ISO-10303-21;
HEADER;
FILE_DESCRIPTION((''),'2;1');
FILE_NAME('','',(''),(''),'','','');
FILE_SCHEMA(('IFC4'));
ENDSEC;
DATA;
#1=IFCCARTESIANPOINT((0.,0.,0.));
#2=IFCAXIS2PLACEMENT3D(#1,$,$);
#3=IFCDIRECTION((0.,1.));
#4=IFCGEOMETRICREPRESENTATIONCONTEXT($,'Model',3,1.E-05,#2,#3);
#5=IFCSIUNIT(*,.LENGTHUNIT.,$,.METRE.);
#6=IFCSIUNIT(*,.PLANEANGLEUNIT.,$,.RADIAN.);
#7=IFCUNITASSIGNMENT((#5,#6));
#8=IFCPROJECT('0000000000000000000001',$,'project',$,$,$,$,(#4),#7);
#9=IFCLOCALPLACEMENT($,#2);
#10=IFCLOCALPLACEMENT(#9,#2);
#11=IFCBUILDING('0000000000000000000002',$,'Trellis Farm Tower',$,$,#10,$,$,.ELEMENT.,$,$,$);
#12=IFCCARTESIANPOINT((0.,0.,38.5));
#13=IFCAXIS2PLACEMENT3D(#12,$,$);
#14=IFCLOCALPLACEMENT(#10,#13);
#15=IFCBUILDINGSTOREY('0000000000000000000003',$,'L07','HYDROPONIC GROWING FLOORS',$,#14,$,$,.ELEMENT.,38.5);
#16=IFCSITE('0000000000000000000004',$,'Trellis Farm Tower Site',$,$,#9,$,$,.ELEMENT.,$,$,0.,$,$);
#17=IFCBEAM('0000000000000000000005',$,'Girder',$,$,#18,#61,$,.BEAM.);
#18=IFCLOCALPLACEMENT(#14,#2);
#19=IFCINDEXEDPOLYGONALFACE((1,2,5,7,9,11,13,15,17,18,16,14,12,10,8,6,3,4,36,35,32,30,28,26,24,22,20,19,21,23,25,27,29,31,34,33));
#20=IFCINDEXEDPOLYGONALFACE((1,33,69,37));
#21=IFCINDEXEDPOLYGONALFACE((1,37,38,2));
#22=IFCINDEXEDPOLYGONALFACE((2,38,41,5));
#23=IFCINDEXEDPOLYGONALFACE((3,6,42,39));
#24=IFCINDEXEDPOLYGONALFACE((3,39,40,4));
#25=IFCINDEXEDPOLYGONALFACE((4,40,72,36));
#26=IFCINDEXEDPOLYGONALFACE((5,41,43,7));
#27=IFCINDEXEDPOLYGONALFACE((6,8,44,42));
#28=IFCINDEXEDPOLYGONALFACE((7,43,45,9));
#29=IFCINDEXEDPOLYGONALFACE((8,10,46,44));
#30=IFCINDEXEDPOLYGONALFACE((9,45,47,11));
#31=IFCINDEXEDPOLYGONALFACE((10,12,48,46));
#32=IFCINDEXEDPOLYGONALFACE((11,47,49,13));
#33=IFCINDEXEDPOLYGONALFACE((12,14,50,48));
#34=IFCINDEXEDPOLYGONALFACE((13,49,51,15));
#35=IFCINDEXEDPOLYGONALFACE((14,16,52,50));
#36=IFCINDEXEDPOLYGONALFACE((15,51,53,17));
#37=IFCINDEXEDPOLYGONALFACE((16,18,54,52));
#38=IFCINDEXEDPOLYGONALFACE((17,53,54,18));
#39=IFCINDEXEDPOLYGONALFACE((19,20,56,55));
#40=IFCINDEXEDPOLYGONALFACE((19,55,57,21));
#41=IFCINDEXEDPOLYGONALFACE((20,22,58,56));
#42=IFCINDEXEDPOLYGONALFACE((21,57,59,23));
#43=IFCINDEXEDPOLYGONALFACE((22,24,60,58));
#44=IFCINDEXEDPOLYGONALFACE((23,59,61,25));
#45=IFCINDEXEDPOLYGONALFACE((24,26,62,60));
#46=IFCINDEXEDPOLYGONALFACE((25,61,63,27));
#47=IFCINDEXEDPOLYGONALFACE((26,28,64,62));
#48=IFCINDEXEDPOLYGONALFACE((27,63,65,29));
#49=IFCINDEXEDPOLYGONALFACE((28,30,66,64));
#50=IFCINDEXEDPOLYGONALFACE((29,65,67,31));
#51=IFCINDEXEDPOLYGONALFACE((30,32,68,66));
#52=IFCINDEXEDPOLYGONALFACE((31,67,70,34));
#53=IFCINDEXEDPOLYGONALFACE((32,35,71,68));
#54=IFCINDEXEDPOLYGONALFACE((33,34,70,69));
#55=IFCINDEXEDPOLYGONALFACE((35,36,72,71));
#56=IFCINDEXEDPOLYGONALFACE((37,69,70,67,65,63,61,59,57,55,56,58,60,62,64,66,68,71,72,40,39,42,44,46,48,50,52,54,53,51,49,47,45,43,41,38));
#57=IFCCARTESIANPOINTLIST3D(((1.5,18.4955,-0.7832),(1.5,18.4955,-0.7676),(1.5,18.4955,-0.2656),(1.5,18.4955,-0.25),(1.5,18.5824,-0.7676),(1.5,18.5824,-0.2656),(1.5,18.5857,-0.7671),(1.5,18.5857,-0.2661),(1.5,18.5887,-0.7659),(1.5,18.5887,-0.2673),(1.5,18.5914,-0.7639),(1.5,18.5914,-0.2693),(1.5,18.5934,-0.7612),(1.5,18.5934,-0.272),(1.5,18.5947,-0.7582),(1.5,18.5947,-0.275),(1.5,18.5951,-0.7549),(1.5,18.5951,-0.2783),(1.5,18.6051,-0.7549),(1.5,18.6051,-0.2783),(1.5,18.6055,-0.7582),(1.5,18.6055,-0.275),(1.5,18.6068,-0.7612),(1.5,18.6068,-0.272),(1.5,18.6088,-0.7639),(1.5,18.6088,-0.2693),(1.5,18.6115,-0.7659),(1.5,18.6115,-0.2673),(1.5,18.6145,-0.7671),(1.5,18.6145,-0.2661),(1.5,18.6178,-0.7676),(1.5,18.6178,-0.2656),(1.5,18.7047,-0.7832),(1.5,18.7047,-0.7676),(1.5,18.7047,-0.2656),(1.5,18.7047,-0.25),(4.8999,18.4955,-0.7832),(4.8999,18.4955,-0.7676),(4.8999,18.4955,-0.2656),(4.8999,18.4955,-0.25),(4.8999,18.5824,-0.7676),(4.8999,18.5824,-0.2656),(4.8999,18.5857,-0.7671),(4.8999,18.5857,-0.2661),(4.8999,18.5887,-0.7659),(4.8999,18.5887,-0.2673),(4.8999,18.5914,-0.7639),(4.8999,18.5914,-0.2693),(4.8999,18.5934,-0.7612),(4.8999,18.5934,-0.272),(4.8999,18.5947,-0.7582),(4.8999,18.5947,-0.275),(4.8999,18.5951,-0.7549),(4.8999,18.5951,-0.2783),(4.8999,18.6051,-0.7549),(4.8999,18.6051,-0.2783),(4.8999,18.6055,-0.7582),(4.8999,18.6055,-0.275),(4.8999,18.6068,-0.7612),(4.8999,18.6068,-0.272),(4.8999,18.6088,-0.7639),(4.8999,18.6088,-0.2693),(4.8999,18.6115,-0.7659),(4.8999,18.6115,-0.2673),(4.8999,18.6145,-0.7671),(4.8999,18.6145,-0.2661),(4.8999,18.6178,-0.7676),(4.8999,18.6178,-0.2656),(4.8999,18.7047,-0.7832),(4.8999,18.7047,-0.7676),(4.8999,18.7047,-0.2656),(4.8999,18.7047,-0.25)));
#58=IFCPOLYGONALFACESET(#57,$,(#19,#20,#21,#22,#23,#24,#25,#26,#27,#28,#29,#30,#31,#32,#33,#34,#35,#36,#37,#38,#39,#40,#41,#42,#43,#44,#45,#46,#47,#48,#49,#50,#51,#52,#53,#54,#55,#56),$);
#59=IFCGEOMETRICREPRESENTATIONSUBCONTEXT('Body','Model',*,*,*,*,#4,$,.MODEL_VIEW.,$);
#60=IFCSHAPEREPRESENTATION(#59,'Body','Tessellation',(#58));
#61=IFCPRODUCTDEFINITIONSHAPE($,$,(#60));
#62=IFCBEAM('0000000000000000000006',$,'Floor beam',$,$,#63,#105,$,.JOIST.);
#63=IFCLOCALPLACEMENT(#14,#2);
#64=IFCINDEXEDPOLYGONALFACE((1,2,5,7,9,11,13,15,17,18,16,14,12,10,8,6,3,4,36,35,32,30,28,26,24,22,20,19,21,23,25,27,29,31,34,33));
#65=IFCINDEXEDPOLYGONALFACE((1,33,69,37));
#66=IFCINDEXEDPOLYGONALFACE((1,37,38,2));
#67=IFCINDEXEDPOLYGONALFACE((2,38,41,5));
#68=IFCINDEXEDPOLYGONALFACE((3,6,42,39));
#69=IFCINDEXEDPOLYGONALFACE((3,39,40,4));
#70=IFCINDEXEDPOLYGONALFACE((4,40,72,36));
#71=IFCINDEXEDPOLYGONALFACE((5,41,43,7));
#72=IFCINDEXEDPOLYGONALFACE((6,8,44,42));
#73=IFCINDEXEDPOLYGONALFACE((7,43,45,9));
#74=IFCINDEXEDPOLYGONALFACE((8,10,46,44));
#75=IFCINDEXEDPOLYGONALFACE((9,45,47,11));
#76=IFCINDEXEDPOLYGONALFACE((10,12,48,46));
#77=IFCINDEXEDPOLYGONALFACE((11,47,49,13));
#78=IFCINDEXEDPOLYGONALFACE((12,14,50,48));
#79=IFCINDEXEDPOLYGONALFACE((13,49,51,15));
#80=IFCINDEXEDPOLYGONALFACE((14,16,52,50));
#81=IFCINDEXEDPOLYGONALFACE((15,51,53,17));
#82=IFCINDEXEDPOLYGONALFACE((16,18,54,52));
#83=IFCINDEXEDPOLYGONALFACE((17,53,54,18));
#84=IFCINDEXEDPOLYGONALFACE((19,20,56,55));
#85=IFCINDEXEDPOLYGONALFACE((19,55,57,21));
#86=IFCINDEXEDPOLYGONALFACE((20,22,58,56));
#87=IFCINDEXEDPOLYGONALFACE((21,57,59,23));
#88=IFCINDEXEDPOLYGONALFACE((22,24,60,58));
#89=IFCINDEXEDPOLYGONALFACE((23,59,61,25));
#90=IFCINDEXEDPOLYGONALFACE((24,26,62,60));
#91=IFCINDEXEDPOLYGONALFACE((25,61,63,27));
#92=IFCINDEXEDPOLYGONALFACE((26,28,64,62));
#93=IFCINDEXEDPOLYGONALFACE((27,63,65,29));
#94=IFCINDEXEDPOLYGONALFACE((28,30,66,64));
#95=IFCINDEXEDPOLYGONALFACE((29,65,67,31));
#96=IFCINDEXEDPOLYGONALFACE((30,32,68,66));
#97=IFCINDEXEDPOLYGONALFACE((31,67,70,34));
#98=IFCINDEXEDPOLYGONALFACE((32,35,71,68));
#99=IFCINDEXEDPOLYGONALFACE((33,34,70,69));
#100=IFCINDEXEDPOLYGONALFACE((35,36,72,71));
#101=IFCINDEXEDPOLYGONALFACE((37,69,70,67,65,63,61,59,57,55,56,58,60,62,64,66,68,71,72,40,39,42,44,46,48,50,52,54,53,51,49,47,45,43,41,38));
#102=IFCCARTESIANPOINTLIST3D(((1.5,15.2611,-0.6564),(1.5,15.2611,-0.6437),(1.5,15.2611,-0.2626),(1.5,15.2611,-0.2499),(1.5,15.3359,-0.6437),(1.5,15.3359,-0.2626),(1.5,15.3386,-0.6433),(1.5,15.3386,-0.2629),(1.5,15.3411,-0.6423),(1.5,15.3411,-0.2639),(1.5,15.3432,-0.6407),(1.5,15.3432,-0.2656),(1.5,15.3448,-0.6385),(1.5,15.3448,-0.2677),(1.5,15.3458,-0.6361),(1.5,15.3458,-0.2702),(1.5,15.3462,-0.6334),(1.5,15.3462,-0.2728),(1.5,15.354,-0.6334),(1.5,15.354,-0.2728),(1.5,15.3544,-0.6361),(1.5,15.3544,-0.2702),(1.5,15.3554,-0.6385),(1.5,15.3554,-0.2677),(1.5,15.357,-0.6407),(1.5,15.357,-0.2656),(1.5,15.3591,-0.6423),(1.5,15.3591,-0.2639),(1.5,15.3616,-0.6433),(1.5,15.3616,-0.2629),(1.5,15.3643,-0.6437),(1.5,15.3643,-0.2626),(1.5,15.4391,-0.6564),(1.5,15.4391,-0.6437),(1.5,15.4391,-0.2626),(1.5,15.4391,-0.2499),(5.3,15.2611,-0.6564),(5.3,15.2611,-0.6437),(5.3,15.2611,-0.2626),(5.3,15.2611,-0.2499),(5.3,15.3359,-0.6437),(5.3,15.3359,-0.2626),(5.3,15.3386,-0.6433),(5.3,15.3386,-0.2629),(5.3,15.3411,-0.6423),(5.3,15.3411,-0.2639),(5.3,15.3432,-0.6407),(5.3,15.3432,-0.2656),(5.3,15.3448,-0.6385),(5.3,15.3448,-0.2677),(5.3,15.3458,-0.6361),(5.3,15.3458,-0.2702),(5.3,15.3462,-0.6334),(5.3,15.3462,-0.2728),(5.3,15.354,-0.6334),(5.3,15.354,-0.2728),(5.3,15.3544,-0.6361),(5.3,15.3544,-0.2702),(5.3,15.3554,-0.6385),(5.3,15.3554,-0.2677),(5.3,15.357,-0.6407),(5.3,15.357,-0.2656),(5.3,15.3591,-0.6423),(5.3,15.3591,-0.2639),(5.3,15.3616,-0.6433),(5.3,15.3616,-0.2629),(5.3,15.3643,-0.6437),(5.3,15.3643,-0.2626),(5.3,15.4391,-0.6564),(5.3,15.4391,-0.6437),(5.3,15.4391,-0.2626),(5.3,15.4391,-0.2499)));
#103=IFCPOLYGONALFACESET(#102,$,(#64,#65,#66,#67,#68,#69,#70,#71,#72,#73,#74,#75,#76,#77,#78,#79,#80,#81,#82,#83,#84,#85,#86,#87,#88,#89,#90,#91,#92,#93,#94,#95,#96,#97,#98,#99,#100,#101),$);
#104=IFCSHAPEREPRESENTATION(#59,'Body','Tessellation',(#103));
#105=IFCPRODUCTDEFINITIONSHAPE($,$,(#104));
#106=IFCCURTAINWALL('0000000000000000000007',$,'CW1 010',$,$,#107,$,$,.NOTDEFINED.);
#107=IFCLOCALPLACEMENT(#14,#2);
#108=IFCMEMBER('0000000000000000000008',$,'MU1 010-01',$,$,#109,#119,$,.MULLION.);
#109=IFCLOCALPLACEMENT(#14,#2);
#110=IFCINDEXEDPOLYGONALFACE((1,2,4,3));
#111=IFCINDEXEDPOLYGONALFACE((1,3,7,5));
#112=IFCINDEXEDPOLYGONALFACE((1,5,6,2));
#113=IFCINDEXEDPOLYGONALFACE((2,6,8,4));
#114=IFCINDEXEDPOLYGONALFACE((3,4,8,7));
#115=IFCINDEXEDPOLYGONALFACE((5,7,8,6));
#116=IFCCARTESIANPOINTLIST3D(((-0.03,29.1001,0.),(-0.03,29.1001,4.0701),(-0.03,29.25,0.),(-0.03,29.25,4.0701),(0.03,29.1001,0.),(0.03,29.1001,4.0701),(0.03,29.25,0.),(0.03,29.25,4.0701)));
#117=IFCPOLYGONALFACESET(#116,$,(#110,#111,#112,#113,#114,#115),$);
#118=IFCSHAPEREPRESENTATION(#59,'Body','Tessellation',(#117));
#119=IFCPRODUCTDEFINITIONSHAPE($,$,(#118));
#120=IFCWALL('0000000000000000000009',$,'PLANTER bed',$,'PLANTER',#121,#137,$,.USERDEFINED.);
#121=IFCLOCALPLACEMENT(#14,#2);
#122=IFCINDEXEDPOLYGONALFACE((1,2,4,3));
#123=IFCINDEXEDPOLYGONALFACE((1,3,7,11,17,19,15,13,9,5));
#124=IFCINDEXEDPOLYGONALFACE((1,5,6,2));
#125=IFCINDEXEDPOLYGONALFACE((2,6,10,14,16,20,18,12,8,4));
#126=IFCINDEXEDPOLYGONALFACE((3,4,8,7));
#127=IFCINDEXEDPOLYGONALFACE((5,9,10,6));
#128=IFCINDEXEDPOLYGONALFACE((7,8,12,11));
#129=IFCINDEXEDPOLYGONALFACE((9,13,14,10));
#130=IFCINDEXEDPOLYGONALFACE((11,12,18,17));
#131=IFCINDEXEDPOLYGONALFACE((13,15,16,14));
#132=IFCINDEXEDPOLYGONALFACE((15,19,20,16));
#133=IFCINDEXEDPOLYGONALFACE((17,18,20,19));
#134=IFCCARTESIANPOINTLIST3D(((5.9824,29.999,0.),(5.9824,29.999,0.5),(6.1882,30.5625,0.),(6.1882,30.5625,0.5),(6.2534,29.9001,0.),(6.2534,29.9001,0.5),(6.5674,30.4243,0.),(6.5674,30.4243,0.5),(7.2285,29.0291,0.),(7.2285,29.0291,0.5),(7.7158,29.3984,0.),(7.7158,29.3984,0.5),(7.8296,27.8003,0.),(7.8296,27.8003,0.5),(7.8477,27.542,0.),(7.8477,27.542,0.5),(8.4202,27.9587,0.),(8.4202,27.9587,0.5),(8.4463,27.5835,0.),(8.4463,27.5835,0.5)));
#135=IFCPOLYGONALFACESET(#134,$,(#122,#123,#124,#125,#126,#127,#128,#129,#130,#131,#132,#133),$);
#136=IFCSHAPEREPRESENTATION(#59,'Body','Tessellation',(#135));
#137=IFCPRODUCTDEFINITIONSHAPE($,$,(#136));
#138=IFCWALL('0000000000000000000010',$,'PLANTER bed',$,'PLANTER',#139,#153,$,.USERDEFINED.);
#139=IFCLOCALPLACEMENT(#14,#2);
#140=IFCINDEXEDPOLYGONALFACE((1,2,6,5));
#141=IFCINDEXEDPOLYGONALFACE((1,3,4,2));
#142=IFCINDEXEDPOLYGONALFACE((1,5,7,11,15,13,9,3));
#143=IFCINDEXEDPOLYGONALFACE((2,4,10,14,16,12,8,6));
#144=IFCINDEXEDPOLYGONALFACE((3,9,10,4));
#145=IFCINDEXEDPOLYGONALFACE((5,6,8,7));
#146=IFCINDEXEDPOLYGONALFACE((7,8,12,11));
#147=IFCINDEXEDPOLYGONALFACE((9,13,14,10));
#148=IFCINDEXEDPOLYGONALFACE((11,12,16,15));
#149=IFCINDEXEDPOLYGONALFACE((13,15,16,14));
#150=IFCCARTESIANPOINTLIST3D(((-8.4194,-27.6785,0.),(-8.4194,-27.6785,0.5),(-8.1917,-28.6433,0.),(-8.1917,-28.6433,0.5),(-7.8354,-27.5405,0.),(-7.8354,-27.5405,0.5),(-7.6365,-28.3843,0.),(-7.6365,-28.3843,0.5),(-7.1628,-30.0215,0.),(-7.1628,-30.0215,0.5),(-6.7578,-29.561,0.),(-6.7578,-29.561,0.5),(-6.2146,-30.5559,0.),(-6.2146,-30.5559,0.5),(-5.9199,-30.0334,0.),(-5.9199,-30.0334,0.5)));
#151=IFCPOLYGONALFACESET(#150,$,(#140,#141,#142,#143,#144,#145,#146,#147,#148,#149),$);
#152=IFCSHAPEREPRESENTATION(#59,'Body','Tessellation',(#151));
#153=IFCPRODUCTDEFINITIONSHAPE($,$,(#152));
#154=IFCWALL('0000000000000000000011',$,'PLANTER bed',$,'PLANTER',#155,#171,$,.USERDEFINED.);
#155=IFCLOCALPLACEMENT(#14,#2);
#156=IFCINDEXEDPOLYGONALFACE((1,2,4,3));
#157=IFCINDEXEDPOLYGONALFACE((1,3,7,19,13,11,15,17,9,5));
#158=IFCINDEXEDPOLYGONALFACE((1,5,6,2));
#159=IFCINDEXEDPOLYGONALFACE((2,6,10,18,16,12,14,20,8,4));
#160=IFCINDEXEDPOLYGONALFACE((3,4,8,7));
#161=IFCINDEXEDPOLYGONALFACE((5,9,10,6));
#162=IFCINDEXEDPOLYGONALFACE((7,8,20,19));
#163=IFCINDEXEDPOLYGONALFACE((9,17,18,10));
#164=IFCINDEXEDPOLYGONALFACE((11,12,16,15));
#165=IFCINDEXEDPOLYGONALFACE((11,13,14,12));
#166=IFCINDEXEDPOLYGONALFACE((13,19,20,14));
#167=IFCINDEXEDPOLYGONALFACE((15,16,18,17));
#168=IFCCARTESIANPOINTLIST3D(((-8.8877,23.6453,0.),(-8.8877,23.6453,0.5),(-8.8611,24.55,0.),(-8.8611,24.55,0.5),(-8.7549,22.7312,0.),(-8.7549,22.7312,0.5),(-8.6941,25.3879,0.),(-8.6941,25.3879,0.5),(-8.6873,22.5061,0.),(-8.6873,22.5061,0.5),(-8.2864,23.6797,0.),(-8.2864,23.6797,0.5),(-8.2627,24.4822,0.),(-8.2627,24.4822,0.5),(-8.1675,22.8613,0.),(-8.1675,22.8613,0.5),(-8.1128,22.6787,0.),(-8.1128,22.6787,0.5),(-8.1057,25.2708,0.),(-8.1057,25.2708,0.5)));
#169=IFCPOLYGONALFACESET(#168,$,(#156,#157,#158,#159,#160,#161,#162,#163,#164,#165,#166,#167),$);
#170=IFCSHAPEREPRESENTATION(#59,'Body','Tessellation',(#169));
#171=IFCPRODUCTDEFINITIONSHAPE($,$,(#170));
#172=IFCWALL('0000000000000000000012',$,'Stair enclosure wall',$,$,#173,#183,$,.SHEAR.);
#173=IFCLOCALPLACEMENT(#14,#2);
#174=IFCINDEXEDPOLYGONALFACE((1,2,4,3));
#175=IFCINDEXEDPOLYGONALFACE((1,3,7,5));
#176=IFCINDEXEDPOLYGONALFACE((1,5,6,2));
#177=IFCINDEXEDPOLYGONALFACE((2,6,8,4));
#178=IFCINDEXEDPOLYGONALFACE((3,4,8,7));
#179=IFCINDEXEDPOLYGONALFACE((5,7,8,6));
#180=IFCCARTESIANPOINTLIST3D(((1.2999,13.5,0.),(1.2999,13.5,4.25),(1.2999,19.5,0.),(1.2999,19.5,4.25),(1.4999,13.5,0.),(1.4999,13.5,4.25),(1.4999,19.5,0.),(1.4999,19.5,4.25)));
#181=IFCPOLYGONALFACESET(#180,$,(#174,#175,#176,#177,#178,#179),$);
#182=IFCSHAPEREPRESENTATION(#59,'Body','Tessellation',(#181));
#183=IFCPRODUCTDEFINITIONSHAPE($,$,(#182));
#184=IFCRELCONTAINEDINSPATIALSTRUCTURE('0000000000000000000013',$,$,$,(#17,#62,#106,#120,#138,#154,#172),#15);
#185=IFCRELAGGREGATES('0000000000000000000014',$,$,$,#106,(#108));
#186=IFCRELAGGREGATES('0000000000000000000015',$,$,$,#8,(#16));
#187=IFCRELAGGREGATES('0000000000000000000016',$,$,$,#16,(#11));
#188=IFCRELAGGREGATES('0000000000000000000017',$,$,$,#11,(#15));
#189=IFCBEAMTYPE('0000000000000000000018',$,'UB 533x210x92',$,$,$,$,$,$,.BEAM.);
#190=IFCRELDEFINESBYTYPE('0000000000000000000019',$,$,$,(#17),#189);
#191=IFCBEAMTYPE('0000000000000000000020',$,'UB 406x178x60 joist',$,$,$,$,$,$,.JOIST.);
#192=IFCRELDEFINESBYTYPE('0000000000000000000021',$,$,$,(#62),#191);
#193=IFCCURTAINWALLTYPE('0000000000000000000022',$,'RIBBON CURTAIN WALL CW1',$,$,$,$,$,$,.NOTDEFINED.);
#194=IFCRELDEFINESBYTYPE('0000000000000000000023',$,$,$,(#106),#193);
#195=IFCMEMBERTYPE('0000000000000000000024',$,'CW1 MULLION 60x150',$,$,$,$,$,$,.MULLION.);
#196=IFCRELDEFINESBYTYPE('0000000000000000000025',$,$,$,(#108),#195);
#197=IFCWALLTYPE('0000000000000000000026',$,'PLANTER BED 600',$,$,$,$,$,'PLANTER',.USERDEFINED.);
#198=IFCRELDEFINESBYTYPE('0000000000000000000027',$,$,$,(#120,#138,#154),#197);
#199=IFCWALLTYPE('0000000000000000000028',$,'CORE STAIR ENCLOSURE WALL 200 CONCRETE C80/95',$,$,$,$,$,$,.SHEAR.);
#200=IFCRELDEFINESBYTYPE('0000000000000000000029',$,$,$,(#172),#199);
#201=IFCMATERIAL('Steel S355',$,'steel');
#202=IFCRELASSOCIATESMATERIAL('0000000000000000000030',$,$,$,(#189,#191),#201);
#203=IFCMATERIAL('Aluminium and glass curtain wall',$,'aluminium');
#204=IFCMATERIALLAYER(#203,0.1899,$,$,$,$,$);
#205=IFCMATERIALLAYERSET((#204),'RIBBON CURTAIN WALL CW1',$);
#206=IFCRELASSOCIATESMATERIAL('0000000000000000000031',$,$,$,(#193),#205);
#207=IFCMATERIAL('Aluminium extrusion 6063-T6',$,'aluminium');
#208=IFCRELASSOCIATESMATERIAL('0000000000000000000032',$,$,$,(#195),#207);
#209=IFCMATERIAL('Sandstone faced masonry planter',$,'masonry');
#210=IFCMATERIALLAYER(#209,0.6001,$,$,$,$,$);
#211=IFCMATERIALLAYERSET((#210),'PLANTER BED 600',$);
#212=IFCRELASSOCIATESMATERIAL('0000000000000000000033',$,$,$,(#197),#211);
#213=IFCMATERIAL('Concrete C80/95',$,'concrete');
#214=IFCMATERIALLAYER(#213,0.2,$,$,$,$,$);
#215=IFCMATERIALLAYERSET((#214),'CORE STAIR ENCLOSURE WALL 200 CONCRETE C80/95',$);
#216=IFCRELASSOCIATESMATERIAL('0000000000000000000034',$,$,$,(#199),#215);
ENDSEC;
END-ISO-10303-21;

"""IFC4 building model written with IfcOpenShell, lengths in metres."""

from ifc_helpers import new_model, si_unit, direction, frame, frame_2d, origin, origin_2d, place, context, subcontext, project, spatial, polyline, rectangle, i_section, outline, extrude, source, transform, mapped, material, layer, layer_set, material_profile, profile_set, type_object, element, aggregate, save


model = new_model("IFC4")

# Units and contexts
model_context = context("Model", 3, precision=1e-05, world=origin(), true_north=direction((0.0, 1.0)))
body_context = subcontext(model_context, "Body", "Model", "MODEL_VIEW")
ifc_project = project(units=[si_unit("LENGTHUNIT", "METRE"), si_unit("PLANEANGLEUNIT", "RADIAN")], contexts=[model_context])

# Site, building, storey
site_placement = place(None, origin())
site = spatial("IfcSite", under=ifc_project, at=site_placement, Name="Trellis Farm Tower Site", CompositionType="ELEMENT", RefElevation=0.0)
building_placement = place(site_placement, origin())
building = spatial("IfcBuilding", under=site, at=building_placement, Name="Trellis Farm Tower", CompositionType="ELEMENT")
storey_placement = place(building_placement, frame((0.0, 0.0, 38.5)))
storey = spatial("IfcBuildingStorey", under=building, at=storey_placement, Name="L07", Description="HYDROPONIC GROWING FLOORS", CompositionType="ELEMENT", Elevation=38.5)

# Beams
ifc_material_1 = material(Name="Steel S355", Category="steel")
ifc_material_profile_1 = material_profile(ifc_material_1, i_section(OverallWidth=0.2092, OverallDepth=0.5332, WebThickness=0.01, FlangeThickness=0.0156, FilletRadius=0.0127, at=origin_2d()), Name="UB 533x210x92")
ifc_profile_set_1 = profile_set([ifc_material_profile_1], Name="Steel S355")
beam_type_1 = type_object("IfcBeamType", Name="UB 533x210x92", PredefinedType="BEAM", material=ifc_profile_set_1)
shared_shape_1 = source(origin(), body_context, "Body", "SweptSolid", [
    extrude(i_section(OverallWidth=0.2092, OverallDepth=0.5332, WebThickness=0.01, FlangeThickness=0.0156, FilletRadius=0.0127, at=origin_2d()), origin(), (0.0, 0.0, 1.0), 3.3999),
])
beam_1_placement = place(storey_placement, frame((1.5, 18.6001, -0.5166), z_axis=(1.0, 0.0, 0.0), x_axis=(0.0, 1.0, 0.0)))
element("IfcBeam", 1, at=beam_1_placement, inside=storey, type_object=beam_type_1, Name="Girder", PredefinedType="BEAM", context=body_context, shape_type="MappedRepresentation", body=[
    mapped(shared_shape_1, transform((0.0, 0.0, 0.0))),
])
ifc_material_profile_2 = material_profile(ifc_material_1, i_section(OverallWidth=0.178, OverallDepth=0.4065, WebThickness=0.0078, FlangeThickness=0.0127, FilletRadius=0.0103, at=origin_2d()), Name="UB 406x178x60")
ifc_profile_set_2 = profile_set([ifc_material_profile_2], Name="Steel S355")
beam_type_2 = type_object("IfcBeamType", Name="UB 406x178x60 joist", PredefinedType="JOIST", material=ifc_profile_set_2)
shared_shape_2 = source(origin(), body_context, "Body", "SweptSolid", [
    extrude(i_section(OverallWidth=0.178, OverallDepth=0.4065, WebThickness=0.0078, FlangeThickness=0.0127, FilletRadius=0.0103, at=origin_2d()), origin(), (0.0, 0.0, 1.0), 3.8),
])
beam_2_placement = place(storey_placement, frame((1.5, 15.3501, -0.4531), z_axis=(1.0, 0.0, 0.0), x_axis=(0.0, 1.0, 0.0)))
element("IfcBeam", 2, at=beam_2_placement, inside=storey, type_object=beam_type_2, Name="Floor beam", PredefinedType="JOIST", context=body_context, shape_type="MappedRepresentation", body=[
    mapped(shared_shape_2, transform((0.0, 0.0, 0.0))),
])

# Curtain wall, member
ifc_material_2 = material(Name="Aluminium and glass curtain wall", Category="aluminium")
ifc_layer_1 = layer(ifc_material_2, 0.1899)
ifc_layer_set_1 = layer_set([ifc_layer_1], Name="RIBBON CURTAIN WALL CW1")
curtain_wall_type = type_object("IfcCurtainWallType", Name="RIBBON CURTAIN WALL CW1", PredefinedType="NOTDEFINED", material=ifc_layer_set_1)
placement = place(storey_placement, origin())
curtain_wall = element("IfcCurtainWall", 3, at=placement, inside=storey, type_object=curtain_wall_type, Name="CW1 010", PredefinedType="NOTDEFINED")
ifc_material_3 = material(Name="Aluminium extrusion 6063-T6", Category="aluminium")
ifc_material_profile_3 = material_profile(ifc_material_3, rectangle(XDim=0.0601, YDim=0.1499, at=origin_2d()), Name="MULLION 60x150")
ifc_profile_set_3 = profile_set([ifc_material_profile_3], Name="Aluminium extrusion 6063-T6")
member_type = type_object("IfcMemberType", Name="CW1 MULLION 60x150", PredefinedType="MULLION", material=ifc_profile_set_3)
shared_shape_3 = source(origin(), body_context, "Body", "SweptSolid", [
    extrude(rectangle(XDim=0.0601, YDim=0.1499, at=origin_2d()), origin(), (0.0, 0.0, 1.0), 4.0701),
])
member_placement = place(storey_placement, frame((0.0, 29.175, 0.0), z_axis=(0.0, 0.0, 1.0), x_axis=(-1.0, 0.0, 0.0)))
member = element("IfcMember", 4, at=member_placement, type_object=member_type, Name="MU1 010-01", PredefinedType="MULLION", context=body_context, shape_type="MappedRepresentation", body=[
    mapped(shared_shape_3, transform((0.0, 0.0, 0.0))),
])
aggregate(curtain_wall, [member])

# Walls
ifc_material_4 = material(Name="Sandstone faced masonry planter", Category="masonry")
ifc_layer_2 = layer(ifc_material_4, 0.6001)
ifc_layer_set_2 = layer_set([ifc_layer_2], Name="PLANTER BED 600")
wall_type_1 = type_object("IfcWallType", Name="PLANTER BED 600", ElementType="PLANTER", PredefinedType="USERDEFINED", material=ifc_layer_set_2)
element("IfcWall", 5, at=placement, inside=storey, type_object=wall_type_1, Name="PLANTER bed", ObjectType="PLANTER", PredefinedType="USERDEFINED", context=body_context, shape_type="SweptSolid", body=[
    extrude(outline(polyline([(6.5674, 30.4243), (7.7158, 29.3984), (8.4202, 27.9587), (8.4463, 27.5835), (7.8477, 27.542), (7.8296, 27.8003), (7.2285, 29.0291), (6.2534, 29.9001), (5.9824, 29.999), (6.1882, 30.5625), (6.5674, 30.4243)])), origin(), (0.0, 0.0, 1.0), 0.5),
])
element("IfcWall", 6, at=placement, inside=storey, type_object=wall_type_1, Name="PLANTER bed", ObjectType="PLANTER", PredefinedType="USERDEFINED", context=body_context, shape_type="SweptSolid", body=[
    extrude(outline(polyline([(-8.1917, -28.6433), (-8.4194, -27.6785), (-7.8354, -27.5405), (-7.6365, -28.3843), (-6.7578, -29.561), (-5.9199, -30.0334), (-6.2146, -30.5559), (-7.1628, -30.0215), (-8.1917, -28.6433)])), origin(), (0.0, 0.0, 1.0), 0.5),
])
element("IfcWall", 7, at=placement, inside=storey, type_object=wall_type_1, Name="PLANTER bed", ObjectType="PLANTER", PredefinedType="USERDEFINED", context=body_context, shape_type="SweptSolid", body=[
    extrude(outline(polyline([(-8.8877, 23.6453), (-8.8611, 24.55), (-8.6941, 25.3879), (-8.1057, 25.2708), (-8.2627, 24.4822), (-8.2864, 23.6797), (-8.1675, 22.8613), (-8.1128, 22.6787), (-8.6873, 22.5061), (-8.7549, 22.7312), (-8.8877, 23.6453)])), origin(), (0.0, 0.0, 1.0), 0.5),
])
ifc_material_5 = material(Name="Concrete C80/95", Category="concrete")
ifc_layer_3 = layer(ifc_material_5, 0.2)
ifc_layer_set_3 = layer_set([ifc_layer_3], Name="CORE STAIR ENCLOSURE WALL 200 CONCRETE C80/95")
wall_type_2 = type_object("IfcWallType", Name="CORE STAIR ENCLOSURE WALL 200 CONCRETE C80/95", PredefinedType="SHEAR", material=ifc_layer_set_3)
shared_shape_4 = source(origin(), body_context, "Body", "SweptSolid", [
    extrude(rectangle(XDim=6.0, YDim=0.2, at=frame_2d((3.0, 0.0))), origin(), (0.0, 0.0, 1.0), 4.25),
])
wall_1_placement = place(storey_placement, frame((1.3999, 13.5, 0.0), z_axis=(0.0, 0.0, 1.0), x_axis=(0.0, 1.0, 0.0)))
element("IfcWall", 8, at=wall_1_placement, inside=storey, type_object=wall_type_2, Name="Stair enclosure wall", PredefinedType="SHEAR", context=body_context, shape_type="MappedRepresentation", body=[
    mapped(shared_shape_4, transform((0.0, 0.0, 0.0))),
])

save(model, "model.ifc")
